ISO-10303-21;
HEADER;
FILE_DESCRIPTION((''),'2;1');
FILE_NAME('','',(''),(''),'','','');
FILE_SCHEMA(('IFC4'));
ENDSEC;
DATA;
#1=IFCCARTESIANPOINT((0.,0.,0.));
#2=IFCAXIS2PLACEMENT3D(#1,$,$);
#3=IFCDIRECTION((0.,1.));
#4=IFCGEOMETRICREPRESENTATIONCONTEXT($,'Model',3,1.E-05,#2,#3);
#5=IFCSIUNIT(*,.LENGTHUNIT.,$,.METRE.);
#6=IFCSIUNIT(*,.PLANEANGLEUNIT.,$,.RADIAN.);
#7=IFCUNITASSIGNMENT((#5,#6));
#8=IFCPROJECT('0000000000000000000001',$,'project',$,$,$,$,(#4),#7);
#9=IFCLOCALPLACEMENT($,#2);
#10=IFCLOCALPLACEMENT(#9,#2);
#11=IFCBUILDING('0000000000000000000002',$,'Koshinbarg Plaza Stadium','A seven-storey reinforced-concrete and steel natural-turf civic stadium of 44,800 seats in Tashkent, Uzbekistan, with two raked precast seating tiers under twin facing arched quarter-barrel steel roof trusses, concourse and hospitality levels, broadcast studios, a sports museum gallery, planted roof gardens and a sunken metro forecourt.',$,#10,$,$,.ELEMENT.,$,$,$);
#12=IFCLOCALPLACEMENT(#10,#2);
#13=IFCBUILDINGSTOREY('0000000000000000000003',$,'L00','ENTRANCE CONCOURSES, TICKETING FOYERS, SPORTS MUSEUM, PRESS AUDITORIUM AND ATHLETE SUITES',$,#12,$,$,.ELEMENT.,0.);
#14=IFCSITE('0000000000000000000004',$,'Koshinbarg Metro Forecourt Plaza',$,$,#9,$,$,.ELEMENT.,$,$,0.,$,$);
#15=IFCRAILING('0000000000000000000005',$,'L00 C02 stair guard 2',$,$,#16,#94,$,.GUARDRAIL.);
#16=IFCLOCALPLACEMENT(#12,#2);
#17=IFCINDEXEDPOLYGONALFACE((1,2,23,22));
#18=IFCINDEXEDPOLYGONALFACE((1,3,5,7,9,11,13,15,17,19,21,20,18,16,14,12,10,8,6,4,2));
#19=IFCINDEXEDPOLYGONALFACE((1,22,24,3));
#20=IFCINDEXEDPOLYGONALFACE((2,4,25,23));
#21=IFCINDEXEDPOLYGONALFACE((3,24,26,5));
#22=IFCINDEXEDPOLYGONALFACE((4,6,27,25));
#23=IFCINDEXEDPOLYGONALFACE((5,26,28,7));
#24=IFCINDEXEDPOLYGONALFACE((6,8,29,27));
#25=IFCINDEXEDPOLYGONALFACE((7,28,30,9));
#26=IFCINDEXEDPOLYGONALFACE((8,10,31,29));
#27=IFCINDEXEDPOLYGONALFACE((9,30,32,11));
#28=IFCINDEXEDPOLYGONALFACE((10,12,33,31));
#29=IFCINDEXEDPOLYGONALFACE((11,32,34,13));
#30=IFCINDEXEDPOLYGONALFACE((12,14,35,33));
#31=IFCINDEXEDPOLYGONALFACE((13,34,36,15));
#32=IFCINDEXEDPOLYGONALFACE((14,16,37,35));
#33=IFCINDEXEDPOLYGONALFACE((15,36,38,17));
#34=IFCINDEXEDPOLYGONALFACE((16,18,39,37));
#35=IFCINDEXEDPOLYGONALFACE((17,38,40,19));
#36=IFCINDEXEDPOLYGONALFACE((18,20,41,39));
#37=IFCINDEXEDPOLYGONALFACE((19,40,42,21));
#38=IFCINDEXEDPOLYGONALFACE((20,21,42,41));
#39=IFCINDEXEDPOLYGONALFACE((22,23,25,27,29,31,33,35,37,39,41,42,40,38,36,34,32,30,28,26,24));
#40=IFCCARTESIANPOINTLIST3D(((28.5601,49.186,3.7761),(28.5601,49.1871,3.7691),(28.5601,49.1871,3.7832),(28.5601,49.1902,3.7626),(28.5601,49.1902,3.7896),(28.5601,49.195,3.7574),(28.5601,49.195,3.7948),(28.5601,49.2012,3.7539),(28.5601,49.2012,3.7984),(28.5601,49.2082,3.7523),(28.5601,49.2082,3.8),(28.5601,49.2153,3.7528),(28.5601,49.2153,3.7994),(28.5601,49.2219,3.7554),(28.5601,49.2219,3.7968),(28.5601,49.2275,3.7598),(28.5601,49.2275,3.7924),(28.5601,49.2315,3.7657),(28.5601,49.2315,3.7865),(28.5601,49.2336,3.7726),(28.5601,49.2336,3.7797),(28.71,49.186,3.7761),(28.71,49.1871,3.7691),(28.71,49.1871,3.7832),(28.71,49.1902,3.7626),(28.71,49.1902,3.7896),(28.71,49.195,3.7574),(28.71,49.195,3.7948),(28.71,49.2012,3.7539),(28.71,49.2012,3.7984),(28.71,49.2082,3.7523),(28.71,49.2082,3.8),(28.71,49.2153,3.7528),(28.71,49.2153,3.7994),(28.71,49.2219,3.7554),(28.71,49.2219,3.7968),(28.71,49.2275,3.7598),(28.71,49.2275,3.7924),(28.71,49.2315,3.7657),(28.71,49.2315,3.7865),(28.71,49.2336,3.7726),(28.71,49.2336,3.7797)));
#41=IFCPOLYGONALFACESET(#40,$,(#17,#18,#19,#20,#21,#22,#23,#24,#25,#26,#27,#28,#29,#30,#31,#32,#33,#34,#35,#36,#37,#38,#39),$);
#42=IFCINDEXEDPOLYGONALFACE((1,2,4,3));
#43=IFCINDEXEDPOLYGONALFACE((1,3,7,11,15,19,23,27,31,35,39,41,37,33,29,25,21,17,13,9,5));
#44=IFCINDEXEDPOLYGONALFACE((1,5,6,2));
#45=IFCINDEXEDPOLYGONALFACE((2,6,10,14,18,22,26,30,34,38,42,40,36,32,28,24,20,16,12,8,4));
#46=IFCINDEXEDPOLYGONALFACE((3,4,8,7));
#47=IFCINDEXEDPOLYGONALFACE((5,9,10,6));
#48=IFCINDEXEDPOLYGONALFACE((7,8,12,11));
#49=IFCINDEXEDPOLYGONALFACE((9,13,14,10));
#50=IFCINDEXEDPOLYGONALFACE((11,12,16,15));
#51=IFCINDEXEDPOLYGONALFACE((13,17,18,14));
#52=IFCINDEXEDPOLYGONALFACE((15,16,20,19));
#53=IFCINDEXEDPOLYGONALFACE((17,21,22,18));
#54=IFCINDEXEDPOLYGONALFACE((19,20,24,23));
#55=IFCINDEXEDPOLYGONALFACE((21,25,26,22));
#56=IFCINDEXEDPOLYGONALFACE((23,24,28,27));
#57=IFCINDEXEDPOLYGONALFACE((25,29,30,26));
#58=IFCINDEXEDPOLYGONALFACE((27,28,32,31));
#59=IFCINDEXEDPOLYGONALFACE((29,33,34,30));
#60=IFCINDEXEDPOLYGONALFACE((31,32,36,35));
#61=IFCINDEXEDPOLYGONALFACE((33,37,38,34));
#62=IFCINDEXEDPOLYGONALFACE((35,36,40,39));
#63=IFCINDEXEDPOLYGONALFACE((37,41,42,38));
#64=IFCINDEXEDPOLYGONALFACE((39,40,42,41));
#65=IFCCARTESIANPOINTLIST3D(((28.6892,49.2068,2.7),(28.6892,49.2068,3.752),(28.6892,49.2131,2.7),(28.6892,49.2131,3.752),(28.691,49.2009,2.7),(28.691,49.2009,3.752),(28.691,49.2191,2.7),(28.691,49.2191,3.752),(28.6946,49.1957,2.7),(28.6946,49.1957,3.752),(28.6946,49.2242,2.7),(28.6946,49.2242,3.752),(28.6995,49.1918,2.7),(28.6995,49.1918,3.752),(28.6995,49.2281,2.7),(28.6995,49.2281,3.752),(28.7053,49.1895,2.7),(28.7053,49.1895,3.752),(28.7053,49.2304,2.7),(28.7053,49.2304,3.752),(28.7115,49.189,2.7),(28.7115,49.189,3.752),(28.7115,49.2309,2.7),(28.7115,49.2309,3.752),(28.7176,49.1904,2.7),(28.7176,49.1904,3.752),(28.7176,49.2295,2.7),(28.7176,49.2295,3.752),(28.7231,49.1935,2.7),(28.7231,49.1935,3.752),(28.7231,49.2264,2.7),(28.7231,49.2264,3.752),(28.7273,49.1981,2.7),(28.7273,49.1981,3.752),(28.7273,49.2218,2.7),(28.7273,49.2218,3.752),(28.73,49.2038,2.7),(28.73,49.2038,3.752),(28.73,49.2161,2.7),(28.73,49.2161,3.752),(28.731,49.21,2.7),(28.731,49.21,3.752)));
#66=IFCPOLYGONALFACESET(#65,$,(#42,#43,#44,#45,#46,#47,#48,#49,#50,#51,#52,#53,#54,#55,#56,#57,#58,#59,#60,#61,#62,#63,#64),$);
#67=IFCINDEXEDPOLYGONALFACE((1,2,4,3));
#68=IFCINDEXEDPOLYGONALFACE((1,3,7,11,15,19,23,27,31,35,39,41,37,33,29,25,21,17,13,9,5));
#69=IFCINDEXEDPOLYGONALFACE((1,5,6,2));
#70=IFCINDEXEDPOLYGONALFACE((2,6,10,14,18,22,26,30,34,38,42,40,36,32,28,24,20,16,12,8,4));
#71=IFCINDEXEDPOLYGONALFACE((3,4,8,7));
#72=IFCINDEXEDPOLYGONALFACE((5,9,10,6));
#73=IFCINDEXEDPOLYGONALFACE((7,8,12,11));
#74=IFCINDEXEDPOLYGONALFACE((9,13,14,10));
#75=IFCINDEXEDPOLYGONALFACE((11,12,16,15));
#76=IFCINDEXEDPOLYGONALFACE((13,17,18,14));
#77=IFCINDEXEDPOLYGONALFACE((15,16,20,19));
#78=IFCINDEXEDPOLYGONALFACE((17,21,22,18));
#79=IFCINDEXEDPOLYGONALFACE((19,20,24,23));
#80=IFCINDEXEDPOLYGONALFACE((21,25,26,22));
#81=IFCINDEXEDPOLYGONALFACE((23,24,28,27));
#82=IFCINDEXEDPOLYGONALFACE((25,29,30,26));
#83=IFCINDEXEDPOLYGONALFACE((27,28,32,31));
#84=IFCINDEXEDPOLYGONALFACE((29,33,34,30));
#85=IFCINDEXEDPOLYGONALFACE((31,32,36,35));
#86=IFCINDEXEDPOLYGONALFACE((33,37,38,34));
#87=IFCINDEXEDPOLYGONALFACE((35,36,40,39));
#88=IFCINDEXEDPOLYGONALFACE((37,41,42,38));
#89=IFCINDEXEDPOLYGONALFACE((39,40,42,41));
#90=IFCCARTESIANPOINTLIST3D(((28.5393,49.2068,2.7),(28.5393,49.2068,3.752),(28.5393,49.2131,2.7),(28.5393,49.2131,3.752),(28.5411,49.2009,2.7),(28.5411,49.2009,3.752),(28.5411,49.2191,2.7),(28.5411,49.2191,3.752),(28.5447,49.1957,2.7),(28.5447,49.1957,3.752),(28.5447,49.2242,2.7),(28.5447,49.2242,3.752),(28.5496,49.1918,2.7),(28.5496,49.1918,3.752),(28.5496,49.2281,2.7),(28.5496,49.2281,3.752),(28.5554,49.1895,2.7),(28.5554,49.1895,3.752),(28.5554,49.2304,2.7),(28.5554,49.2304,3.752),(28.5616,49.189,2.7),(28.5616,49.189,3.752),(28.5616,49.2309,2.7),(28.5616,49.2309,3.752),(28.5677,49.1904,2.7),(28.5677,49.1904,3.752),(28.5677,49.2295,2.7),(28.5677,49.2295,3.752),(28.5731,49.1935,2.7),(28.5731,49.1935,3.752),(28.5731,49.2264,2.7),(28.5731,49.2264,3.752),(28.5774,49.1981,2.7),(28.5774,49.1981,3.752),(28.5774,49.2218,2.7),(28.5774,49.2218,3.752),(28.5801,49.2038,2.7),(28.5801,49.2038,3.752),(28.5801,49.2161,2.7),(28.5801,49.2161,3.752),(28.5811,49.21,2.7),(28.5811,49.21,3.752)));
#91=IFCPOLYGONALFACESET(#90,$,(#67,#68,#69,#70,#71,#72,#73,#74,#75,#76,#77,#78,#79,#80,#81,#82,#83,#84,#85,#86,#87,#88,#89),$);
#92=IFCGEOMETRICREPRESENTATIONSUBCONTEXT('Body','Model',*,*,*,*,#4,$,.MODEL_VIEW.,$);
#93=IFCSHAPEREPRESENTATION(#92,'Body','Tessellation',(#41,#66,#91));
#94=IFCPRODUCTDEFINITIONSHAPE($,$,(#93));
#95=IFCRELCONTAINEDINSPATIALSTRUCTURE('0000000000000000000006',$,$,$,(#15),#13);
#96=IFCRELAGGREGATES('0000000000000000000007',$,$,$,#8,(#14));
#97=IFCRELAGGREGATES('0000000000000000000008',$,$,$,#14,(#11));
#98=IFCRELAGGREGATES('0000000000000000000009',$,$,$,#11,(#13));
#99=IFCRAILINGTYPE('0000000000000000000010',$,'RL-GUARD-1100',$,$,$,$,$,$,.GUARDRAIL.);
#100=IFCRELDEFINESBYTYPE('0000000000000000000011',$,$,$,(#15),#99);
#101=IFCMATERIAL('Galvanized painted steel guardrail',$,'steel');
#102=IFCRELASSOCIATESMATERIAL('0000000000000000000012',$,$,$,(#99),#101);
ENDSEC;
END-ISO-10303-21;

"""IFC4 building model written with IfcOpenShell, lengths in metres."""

from ifc_helpers import new_model, si_unit, direction, frame, origin, origin_2d, place, context, subcontext, project, spatial, circle, extrude, material, type_object, element, save


model = new_model("IFC4")

# Units and contexts
model_context = context("Model", 3, precision=1e-05, world=origin(), true_north=direction((0.0, 1.0)))
body_context = subcontext(model_context, "Body", "Model", "MODEL_VIEW")
ifc_project = project(units=[si_unit("LENGTHUNIT", "METRE"), si_unit("PLANEANGLEUNIT", "RADIAN")], contexts=[model_context])

# Site, building, storey
site_placement = place(None, origin())
site = spatial("IfcSite", under=ifc_project, at=site_placement, Name="Koshinbarg Metro Forecourt Plaza", CompositionType="ELEMENT", RefElevation=0.0)
building_placement = place(site_placement, origin())
building = spatial("IfcBuilding", under=site, at=building_placement, Name="Koshinbarg Plaza Stadium", Description="A seven-storey reinforced-concrete and steel natural-turf civic stadium of 44,800 seats in Tashkent, Uzbekistan, with two raked precast seating tiers under twin facing arched quarter-barrel steel roof trusses, concourse and hospitality levels, broadcast studios, a sports museum gallery, planted roof gardens and a sunken metro forecourt.", CompositionType="ELEMENT")
storey_placement = place(building_placement, origin())
storey = spatial("IfcBuildingStorey", under=building, at=storey_placement, Name="L00", Description="ENTRANCE CONCOURSES, TICKETING FOYERS, SPORTS MUSEUM, PRESS AUDITORIUM AND ATHLETE SUITES", CompositionType="ELEMENT", Elevation=0.0)

# Railing
ifc_material_1 = material(Name="Galvanized painted steel guardrail", Category="steel")
railing_type_1 = type_object("IfcRailingType", Name="RL-GUARD-1100", PredefinedType="GUARDRAIL", material=ifc_material_1)
railing_1_placement = place(storey_placement, frame((28.71, 49.21, 2.7)))
element("IfcRailing", 1, at=railing_1_placement, inside=storey, type_object=railing_type_1, Name="L00 C02 stair guard 2", PredefinedType="GUARDRAIL", context=body_context, shape_type="SweptSolid", body=[
    extrude(circle(Radius=0.0239, at=origin_2d()), frame((0.0, 0.0, 1.0762), z_axis=(-1.0, 0.0, 0.0), x_axis=(0.0, -1.0, 0.0)), (0.0, 0.0, 1.0), 0.1499),
    extrude(circle(Radius=0.021, at=origin_2d()), origin(), (0.0, 0.0, 1.0), 1.052),
    extrude(circle(Radius=0.021, at=origin_2d()), frame((-0.1499, 0.0, 0.0)), (0.0, 0.0, 1.0), 1.052),
])

save(model, "model.ifc")
